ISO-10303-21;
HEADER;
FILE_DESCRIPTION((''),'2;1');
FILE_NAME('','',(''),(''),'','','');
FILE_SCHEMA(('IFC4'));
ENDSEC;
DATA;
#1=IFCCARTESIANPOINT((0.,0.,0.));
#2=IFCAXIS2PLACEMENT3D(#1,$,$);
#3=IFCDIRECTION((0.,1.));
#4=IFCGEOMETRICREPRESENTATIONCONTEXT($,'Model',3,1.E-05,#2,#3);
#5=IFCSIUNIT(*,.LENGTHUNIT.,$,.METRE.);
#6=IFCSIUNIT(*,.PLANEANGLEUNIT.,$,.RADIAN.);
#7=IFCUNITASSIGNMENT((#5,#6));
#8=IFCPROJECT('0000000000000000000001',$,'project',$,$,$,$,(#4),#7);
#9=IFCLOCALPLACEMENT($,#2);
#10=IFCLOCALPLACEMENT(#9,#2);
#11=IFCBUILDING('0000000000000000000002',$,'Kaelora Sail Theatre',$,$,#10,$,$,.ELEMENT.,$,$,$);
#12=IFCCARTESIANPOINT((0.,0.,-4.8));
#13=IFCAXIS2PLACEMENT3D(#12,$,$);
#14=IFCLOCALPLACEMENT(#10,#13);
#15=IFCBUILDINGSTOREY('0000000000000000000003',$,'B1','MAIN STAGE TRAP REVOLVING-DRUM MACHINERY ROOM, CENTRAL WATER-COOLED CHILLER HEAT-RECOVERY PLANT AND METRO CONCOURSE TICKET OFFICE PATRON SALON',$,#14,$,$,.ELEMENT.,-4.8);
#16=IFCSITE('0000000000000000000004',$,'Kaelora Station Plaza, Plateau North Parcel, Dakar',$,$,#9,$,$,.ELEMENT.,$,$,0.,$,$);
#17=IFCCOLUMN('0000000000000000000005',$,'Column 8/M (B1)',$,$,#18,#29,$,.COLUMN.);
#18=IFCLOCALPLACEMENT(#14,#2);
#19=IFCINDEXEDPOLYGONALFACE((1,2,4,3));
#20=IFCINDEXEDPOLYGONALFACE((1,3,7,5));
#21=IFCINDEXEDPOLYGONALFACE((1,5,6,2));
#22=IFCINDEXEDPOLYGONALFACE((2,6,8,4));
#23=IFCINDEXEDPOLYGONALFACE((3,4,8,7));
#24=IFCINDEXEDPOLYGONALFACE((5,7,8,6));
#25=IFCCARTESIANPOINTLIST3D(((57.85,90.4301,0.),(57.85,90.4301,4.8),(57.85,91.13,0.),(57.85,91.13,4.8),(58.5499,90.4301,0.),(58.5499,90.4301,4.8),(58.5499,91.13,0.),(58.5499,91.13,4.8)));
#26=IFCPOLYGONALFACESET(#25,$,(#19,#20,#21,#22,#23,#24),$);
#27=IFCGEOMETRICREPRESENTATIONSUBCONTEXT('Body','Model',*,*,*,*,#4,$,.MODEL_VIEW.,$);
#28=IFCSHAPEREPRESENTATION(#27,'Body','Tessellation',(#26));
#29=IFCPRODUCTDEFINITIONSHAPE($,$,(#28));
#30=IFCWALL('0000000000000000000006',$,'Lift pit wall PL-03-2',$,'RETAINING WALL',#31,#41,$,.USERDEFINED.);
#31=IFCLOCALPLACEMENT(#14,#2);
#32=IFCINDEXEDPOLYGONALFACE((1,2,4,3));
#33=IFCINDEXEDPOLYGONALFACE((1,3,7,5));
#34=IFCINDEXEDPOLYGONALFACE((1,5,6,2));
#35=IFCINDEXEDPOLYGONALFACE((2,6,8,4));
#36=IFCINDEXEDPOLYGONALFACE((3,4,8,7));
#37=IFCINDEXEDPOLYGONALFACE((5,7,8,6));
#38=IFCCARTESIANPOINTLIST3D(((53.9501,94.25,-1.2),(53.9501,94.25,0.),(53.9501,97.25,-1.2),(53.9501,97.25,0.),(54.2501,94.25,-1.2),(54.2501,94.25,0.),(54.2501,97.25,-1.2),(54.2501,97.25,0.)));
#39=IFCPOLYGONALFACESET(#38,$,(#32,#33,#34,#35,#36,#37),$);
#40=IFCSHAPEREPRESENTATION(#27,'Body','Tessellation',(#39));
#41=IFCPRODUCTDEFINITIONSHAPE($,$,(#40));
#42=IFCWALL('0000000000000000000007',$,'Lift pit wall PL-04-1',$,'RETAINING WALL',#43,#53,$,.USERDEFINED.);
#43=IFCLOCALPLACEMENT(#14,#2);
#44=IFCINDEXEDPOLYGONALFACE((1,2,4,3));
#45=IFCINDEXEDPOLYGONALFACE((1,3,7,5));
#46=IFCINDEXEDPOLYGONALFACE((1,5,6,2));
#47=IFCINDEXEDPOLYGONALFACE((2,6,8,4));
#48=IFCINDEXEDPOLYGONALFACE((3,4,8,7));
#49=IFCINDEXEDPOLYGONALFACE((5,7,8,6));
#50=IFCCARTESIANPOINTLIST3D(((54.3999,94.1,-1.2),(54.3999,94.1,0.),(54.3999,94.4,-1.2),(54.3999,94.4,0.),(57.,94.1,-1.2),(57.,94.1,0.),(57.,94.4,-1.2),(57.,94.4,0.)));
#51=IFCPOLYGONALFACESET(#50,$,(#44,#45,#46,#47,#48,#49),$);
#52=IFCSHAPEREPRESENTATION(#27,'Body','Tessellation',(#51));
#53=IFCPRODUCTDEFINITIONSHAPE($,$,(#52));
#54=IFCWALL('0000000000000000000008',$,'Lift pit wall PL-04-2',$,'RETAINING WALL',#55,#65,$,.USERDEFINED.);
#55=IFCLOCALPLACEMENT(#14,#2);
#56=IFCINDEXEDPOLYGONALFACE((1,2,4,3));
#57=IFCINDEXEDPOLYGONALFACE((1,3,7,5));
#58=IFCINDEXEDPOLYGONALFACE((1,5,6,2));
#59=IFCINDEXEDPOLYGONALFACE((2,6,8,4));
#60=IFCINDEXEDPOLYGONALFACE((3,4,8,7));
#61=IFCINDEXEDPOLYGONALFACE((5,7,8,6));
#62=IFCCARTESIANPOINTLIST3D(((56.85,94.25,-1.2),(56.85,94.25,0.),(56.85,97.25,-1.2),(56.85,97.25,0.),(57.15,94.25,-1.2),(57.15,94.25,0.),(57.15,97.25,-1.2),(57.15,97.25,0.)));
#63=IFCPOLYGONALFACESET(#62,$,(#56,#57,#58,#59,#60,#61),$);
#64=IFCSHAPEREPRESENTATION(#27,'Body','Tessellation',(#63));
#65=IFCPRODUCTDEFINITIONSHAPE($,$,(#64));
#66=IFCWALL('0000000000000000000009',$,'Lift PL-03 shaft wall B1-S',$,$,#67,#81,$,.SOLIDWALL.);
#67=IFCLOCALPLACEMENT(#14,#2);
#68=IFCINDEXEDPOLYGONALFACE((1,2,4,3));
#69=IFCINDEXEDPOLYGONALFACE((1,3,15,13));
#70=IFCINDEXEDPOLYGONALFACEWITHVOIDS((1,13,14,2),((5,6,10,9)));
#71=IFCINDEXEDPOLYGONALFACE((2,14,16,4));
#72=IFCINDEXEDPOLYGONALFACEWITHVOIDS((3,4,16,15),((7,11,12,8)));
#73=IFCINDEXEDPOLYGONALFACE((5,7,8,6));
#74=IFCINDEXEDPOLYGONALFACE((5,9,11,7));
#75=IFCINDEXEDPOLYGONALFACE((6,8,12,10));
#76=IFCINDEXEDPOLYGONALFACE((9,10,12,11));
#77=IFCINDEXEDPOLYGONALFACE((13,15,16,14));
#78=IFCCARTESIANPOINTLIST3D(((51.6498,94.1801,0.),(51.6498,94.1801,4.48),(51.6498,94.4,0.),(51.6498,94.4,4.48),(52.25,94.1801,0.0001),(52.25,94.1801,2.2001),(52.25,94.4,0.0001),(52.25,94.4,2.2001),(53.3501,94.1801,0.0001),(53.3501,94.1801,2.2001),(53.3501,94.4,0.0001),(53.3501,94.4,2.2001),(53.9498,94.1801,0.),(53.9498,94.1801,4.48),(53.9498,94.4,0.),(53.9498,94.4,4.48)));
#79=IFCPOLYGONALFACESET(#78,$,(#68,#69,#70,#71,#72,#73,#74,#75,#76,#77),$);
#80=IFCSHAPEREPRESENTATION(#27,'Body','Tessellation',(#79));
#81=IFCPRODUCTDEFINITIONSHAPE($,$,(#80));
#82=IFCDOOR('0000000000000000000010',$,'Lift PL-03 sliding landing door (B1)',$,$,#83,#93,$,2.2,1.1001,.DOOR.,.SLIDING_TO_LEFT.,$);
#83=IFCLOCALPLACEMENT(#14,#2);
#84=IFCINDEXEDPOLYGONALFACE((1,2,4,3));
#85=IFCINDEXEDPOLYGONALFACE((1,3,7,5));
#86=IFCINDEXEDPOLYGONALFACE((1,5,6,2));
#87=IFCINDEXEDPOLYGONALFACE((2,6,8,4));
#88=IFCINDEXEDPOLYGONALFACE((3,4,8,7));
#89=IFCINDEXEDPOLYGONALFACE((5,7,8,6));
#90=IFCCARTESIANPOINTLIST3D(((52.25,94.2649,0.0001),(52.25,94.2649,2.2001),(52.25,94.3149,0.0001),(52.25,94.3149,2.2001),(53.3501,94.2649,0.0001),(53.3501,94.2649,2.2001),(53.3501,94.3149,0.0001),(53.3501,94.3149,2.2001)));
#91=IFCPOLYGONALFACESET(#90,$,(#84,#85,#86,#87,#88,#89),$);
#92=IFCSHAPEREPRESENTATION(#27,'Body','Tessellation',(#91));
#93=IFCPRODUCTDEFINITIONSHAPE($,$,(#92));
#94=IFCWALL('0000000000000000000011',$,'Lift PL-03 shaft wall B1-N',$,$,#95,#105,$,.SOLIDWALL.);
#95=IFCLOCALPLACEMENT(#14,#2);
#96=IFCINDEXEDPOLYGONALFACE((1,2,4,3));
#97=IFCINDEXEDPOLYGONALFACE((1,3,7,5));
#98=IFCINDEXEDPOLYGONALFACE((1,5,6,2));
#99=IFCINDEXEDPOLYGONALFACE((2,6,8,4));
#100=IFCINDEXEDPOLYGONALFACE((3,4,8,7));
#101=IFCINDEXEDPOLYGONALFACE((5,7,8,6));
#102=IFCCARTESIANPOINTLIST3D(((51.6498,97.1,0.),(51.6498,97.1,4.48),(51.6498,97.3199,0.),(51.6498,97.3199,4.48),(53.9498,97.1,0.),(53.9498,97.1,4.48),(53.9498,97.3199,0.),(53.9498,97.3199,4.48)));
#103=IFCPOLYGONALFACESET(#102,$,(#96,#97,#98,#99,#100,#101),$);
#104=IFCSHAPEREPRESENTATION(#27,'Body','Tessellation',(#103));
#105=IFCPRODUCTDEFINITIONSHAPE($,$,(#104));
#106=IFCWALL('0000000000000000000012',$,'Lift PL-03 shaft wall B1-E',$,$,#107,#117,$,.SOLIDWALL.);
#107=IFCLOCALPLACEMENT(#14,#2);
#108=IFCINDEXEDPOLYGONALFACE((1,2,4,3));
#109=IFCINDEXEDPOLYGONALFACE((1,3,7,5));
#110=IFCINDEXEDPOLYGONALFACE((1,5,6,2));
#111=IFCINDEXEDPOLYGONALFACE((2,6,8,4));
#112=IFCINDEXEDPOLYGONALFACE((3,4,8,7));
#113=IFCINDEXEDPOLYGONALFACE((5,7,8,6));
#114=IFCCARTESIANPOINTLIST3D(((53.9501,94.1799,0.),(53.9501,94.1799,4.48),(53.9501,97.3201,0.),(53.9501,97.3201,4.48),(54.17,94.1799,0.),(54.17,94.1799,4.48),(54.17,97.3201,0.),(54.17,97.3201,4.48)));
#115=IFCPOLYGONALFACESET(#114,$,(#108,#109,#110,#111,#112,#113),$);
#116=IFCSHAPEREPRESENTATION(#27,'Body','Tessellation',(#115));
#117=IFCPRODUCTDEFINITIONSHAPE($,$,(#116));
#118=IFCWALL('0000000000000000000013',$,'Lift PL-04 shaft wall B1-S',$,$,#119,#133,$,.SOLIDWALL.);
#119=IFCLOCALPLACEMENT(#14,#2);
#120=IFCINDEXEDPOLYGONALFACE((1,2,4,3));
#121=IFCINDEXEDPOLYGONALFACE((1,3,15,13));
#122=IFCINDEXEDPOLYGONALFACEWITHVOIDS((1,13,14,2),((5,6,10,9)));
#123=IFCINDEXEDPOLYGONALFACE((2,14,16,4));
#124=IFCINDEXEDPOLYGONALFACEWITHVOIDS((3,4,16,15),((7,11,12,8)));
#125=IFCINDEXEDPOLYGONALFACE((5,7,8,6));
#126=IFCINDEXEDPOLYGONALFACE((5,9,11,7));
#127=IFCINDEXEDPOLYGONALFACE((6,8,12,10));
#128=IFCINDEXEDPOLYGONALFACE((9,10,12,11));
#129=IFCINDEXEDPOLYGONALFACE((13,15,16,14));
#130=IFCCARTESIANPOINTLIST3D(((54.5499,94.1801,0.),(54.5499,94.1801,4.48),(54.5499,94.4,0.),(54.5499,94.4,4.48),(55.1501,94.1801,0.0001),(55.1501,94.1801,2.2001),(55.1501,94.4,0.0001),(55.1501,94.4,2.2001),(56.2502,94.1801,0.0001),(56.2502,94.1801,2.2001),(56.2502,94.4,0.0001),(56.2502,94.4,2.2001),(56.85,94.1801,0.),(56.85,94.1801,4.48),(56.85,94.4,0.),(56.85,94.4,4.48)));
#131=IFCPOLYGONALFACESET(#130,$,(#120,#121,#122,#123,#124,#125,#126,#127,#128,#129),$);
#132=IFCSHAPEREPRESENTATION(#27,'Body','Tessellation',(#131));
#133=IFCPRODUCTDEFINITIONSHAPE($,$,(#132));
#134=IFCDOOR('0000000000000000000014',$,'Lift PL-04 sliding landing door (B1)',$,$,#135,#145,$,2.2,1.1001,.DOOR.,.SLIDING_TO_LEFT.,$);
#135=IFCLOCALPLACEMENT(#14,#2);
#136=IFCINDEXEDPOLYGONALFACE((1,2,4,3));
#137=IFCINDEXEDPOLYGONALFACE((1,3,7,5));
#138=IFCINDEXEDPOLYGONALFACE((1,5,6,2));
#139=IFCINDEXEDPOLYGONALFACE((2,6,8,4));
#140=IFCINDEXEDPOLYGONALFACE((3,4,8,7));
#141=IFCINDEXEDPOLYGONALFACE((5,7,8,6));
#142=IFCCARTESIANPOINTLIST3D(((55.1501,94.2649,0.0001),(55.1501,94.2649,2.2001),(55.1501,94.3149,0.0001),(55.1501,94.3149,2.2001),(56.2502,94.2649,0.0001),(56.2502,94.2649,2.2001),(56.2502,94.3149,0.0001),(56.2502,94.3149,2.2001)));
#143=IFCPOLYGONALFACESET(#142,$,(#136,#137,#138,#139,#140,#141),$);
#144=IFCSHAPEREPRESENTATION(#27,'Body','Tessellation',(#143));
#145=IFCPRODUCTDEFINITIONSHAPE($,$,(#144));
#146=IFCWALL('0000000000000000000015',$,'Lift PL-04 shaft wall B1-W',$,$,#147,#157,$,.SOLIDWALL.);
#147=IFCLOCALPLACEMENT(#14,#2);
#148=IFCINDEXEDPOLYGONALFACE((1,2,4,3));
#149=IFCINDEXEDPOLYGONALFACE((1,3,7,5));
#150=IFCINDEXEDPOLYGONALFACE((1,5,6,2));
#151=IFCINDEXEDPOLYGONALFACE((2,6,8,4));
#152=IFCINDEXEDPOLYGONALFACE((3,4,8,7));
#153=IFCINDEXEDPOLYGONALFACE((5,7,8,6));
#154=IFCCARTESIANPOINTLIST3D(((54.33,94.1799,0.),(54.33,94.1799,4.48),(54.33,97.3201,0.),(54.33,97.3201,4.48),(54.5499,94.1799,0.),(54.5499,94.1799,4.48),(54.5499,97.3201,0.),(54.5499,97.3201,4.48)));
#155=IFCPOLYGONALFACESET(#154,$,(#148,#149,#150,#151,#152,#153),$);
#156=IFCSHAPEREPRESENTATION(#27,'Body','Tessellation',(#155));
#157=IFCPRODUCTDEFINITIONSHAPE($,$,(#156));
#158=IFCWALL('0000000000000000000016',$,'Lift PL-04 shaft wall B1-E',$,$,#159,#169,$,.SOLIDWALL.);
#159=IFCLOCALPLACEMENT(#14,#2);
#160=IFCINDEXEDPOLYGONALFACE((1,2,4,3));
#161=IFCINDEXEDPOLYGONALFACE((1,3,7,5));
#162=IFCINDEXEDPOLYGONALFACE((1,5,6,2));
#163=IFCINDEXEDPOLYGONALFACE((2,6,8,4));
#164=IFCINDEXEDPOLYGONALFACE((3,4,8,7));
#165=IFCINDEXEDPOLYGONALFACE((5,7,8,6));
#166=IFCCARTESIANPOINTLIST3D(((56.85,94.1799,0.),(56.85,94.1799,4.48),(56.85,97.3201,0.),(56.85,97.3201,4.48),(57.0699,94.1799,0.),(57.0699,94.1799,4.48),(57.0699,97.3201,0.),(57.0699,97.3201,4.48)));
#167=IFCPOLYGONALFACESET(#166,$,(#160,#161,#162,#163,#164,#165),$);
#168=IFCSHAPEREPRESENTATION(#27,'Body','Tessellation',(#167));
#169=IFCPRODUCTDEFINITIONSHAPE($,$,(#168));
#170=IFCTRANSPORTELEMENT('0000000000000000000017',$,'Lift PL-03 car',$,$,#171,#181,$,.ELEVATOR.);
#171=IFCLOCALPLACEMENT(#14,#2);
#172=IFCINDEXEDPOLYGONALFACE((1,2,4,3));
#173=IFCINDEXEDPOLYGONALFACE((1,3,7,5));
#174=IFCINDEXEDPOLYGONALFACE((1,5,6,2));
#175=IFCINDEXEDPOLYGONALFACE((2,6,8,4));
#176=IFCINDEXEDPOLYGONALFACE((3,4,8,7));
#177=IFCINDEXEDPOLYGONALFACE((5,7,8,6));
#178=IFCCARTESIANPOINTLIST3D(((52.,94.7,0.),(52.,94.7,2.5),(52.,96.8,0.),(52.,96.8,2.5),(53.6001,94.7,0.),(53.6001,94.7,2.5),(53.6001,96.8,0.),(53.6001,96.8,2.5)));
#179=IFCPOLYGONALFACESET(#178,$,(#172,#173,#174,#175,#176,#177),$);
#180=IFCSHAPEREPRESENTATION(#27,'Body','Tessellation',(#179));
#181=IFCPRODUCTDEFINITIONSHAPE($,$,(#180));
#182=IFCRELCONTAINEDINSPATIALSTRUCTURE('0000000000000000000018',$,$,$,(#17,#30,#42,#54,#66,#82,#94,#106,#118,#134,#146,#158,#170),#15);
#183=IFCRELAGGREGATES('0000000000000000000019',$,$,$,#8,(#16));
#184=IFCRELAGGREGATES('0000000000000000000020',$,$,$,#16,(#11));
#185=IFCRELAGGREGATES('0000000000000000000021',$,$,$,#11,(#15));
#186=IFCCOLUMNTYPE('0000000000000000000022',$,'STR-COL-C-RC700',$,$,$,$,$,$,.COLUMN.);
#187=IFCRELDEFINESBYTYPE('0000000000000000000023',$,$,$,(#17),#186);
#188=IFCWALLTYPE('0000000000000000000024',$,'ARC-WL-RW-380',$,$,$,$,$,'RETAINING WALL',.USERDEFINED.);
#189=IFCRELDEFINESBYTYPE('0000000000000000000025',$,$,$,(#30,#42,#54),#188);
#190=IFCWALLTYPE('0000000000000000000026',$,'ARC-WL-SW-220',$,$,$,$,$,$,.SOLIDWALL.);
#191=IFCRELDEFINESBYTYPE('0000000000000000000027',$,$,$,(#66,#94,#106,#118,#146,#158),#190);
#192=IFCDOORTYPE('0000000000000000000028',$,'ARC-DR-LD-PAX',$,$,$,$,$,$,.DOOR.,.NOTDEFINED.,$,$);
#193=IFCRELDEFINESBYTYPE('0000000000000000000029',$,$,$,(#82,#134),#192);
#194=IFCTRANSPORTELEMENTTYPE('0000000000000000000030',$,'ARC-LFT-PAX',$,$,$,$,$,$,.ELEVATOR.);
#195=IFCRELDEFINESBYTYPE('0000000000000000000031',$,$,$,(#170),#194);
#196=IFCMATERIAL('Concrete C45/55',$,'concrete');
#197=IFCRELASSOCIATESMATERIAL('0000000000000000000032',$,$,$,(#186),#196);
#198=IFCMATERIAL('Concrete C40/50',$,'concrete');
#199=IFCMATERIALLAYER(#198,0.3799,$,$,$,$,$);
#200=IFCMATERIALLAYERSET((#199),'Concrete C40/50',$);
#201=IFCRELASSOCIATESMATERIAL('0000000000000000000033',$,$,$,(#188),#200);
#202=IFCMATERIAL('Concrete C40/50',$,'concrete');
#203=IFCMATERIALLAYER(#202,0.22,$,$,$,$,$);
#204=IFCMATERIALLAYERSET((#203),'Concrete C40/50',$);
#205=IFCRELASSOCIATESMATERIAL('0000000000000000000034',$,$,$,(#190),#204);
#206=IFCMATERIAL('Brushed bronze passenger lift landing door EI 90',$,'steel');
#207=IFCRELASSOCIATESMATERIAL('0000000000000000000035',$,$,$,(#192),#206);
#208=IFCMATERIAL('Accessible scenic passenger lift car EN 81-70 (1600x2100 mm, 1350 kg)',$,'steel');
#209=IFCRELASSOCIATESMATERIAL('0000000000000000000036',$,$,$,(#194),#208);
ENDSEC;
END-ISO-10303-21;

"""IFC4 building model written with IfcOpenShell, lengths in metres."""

from ifc_helpers import new_model, si_unit, direction, frame, frame_2d, origin, origin_2d, place, context, subcontext, project, spatial, rectangle, extrude, material, layer, layer_set, material_profile, profile_set, type_object, element, fill, save


model = new_model("IFC4")

# Units and contexts
model_context = context("Model", 3, precision=1e-05, world=origin(), true_north=direction((0.0, 1.0)))
body_context = subcontext(model_context, "Body", "Model", "MODEL_VIEW")
ifc_project = project(units=[si_unit("LENGTHUNIT", "METRE"), si_unit("PLANEANGLEUNIT", "RADIAN")], contexts=[model_context])

# Site, building, storey
site_placement = place(None, origin())
site = spatial("IfcSite", under=ifc_project, at=site_placement, Name="Kaelora Station Plaza, Plateau North Parcel, Dakar", CompositionType="ELEMENT", RefElevation=0.0)
building_placement = place(site_placement, origin())
building = spatial("IfcBuilding", under=site, at=building_placement, Name="Kaelora Sail Theatre", CompositionType="ELEMENT")
storey_placement = place(building_placement, frame((0.0, 0.0, -4.8)))
storey = spatial("IfcBuildingStorey", under=building, at=storey_placement, Name="B1", Description="MAIN STAGE TRAP REVOLVING-DRUM MACHINERY ROOM, CENTRAL WATER-COOLED CHILLER HEAT-RECOVERY PLANT AND METRO CONCOURSE TICKET OFFICE PATRON SALON", CompositionType="ELEMENT", Elevation=-4.8)

# Column
ifc_material_1 = material(Name="Concrete C45/55", Category="concrete")
ifc_material_profile_1 = material_profile(ifc_material_1, rectangle(XDim=0.7, YDim=0.7, at=origin_2d()), Name="RC-COL 700x700")
ifc_profile_set_1 = profile_set([ifc_material_profile_1], Name="Concrete C45/55")
column_type = type_object("IfcColumnType", Name="STR-COL-C-RC700", PredefinedType="COLUMN", material=ifc_profile_set_1)
column_placement = place(storey_placement, frame((58.2, 90.78, 0.0), z_axis=(0.0, 0.0, 1.0), x_axis=(1.0, 0.0, 0.0)))
element("IfcColumn", 1, at=column_placement, inside=storey, type_object=column_type, Name="Column 8/M (B1)", PredefinedType="COLUMN", context=body_context, shape_type="SweptSolid", body=[
    extrude(rectangle(XDim=0.7, YDim=0.7, at=origin_2d()), origin(), (0.0, 0.0, 1.0), 4.8),
])

# Walls
ifc_material_2 = material(Name="Concrete C40/50", Category="concrete")
ifc_layer_1 = layer(ifc_material_2, 0.3799)
ifc_layer_set_1 = layer_set([ifc_layer_1], Name="Concrete C40/50")
wall_type_1 = type_object("IfcWallType", Name="ARC-WL-RW-380", ElementType="RETAINING WALL", PredefinedType="USERDEFINED", material=ifc_layer_set_1)
wall_1_placement = place(storey_placement, frame((54.1001, 94.25, -1.2), z_axis=(0.0, 0.0, 1.0), x_axis=(0.0, 1.0, 0.0)))
element("IfcWall", 2, at=wall_1_placement, inside=storey, type_object=wall_type_1, Name="Lift pit wall PL-03-2", ObjectType="RETAINING WALL", PredefinedType="USERDEFINED", context=body_context, shape_type="SweptSolid", body=[
    extrude(rectangle(XDim=3.0, YDim=0.3, at=frame_2d((1.5, 0.0))), origin(), (0.0, 0.0, 1.0), 1.2),
])
wall_2_placement = place(storey_placement, frame((54.3999, 94.25, -1.2), z_axis=(0.0, 0.0, 1.0), x_axis=(1.0, 0.0, 0.0)))
element("IfcWall", 3, at=wall_2_placement, inside=storey, type_object=wall_type_1, Name="Lift pit wall PL-04-1", ObjectType="RETAINING WALL", PredefinedType="USERDEFINED", context=body_context, shape_type="SweptSolid", body=[
    extrude(rectangle(XDim=2.6001, YDim=0.3, at=frame_2d((1.3, 0.0))), origin(), (0.0, 0.0, 1.0), 1.2),
])
wall_3_placement = place(storey_placement, frame((57.0, 94.25, -1.2), z_axis=(0.0, 0.0, 1.0), x_axis=(0.0, 1.0, 0.0)))
element("IfcWall", 4, at=wall_3_placement, inside=storey, type_object=wall_type_1, Name="Lift pit wall PL-04-2", ObjectType="RETAINING WALL", PredefinedType="USERDEFINED", context=body_context, shape_type="SweptSolid", body=[
    extrude(rectangle(XDim=3.0, YDim=0.3, at=frame_2d((1.5, 0.0))), origin(), (0.0, 0.0, 1.0), 1.2),
])

# Wall, opening, door
ifc_material_3 = material(Name="Concrete C40/50", Category="concrete")
ifc_layer_2 = layer(ifc_material_3, 0.22)
ifc_layer_set_2 = layer_set([ifc_layer_2], Name="Concrete C40/50")
wall_type_2 = type_object("IfcWallType", Name="ARC-WL-SW-220", PredefinedType="SOLIDWALL", material=ifc_layer_set_2)
wall_4_placement = place(storey_placement, frame((51.6499, 94.29, 0.0), z_axis=(0.0, 0.0, 1.0), x_axis=(1.0, 0.0, 0.0)))
wall_4 = element("IfcWall", 5, at=wall_4_placement, inside=storey, type_object=wall_type_2, Name="Lift PL-03 shaft wall B1-S", PredefinedType="SOLIDWALL", context=body_context, shape_type="SweptSolid", body=[
    extrude(rectangle(XDim=2.3, YDim=0.22, at=frame_2d((1.1499, 0.0))), origin(), (0.0, 0.0, 1.0), 4.48),
])
opening_1_placement = place(wall_4_placement, frame((0.6001, 0.0, 0.0)))
opening_1 = element("IfcOpeningElement", 6, at=opening_1_placement, cuts=wall_4, PredefinedType="OPENING", context=body_context, shape_type="SweptSolid", body=[
    extrude(rectangle(XDim=1.1001, YDim=2.2, at=frame_2d((0.55, 1.1001))), frame((0.0, 0.1199, 0.0), z_axis=(0.0, -1.0, 0.0), x_axis=(1.0, 0.0, 0.0)), (0.0, 0.0, 1.0), 0.24),
])
ifc_material_4 = material(Name="Brushed bronze passenger lift landing door EI 90", Category="steel")
door_type = type_object("IfcDoorType", Name="ARC-DR-LD-PAX", OperationType="NOTDEFINED", PredefinedType="DOOR", material=ifc_material_4)
door_1_placement = place(opening_1_placement, origin())
door_1 = element("IfcDoor", 7, at=door_1_placement, inside=storey, type_object=door_type, Name="Lift PL-03 sliding landing door (B1)", OperationType="SLIDING_TO_LEFT", OverallHeight=2.2, OverallWidth=1.1001, PredefinedType="DOOR", context=body_context, shape_type="SweptSolid", body=[
    extrude(rectangle(XDim=1.1001, YDim=2.2, at=frame_2d((0.55, 1.1001))), frame((0.0, 0.0249, 0.0), z_axis=(0.0, -1.0, 0.0), x_axis=(1.0, 0.0, 0.0)), (0.0, 0.0, 1.0), 0.05),
])
fill(opening_1, door_1)

# Walls
wall_5_placement = place(storey_placement, frame((51.6499, 97.21, 0.0), z_axis=(0.0, 0.0, 1.0), x_axis=(1.0, 0.0, 0.0)))
element("IfcWall", 8, at=wall_5_placement, inside=storey, type_object=wall_type_2, Name="Lift PL-03 shaft wall B1-N", PredefinedType="SOLIDWALL", context=body_context, shape_type="SweptSolid", body=[
    extrude(rectangle(XDim=2.3, YDim=0.22, at=frame_2d((1.1499, 0.0))), origin(), (0.0, 0.0, 1.0), 4.48),
])
wall_6_placement = place(storey_placement, frame((54.0601, 94.1799, 0.0), z_axis=(0.0, 0.0, 1.0), x_axis=(0.0, 1.0, 0.0)))
element("IfcWall", 9, at=wall_6_placement, inside=storey, type_object=wall_type_2, Name="Lift PL-03 shaft wall B1-E", PredefinedType="SOLIDWALL", context=body_context, shape_type="SweptSolid", body=[
    extrude(rectangle(XDim=3.1401, YDim=0.22, at=frame_2d((1.5701, 0.0))), origin(), (0.0, 0.0, 1.0), 4.48),
])

# Wall, opening, door
wall_7_placement = place(storey_placement, frame((54.55, 94.29, 0.0), z_axis=(0.0, 0.0, 1.0), x_axis=(1.0, 0.0, 0.0)))
wall_7 = element("IfcWall", 10, at=wall_7_placement, inside=storey, type_object=wall_type_2, Name="Lift PL-04 shaft wall B1-S", PredefinedType="SOLIDWALL", context=body_context, shape_type="SweptSolid", body=[
    extrude(rectangle(XDim=2.3, YDim=0.22, at=frame_2d((1.1499, 0.0))), origin(), (0.0, 0.0, 1.0), 4.48),
])
opening_2_placement = place(wall_7_placement, frame((0.6001, 0.0, 0.0)))
opening_2 = element("IfcOpeningElement", 11, at=opening_2_placement, cuts=wall_7, PredefinedType="OPENING", context=body_context, shape_type="SweptSolid", body=[
    extrude(rectangle(XDim=1.1001, YDim=2.2, at=frame_2d((0.55, 1.1001))), frame((0.0, 0.1199, 0.0), z_axis=(0.0, -1.0, 0.0), x_axis=(1.0, 0.0, 0.0)), (0.0, 0.0, 1.0), 0.24),
])
door_2_placement = place(opening_2_placement, origin())
door_2 = element("IfcDoor", 12, at=door_2_placement, inside=storey, type_object=door_type, Name="Lift PL-04 sliding landing door (B1)", OperationType="SLIDING_TO_LEFT", OverallHeight=2.2, OverallWidth=1.1001, PredefinedType="DOOR", context=body_context, shape_type="SweptSolid", body=[
    extrude(rectangle(XDim=1.1001, YDim=2.2, at=frame_2d((0.55, 1.1001))), frame((0.0, 0.0249, 0.0), z_axis=(0.0, -1.0, 0.0), x_axis=(1.0, 0.0, 0.0)), (0.0, 0.0, 1.0), 0.05),
])
fill(opening_2, door_2)

# Walls
for number, where, z_axis, x_axis, name in (
    (13, (54.4399, 94.1799, 0.0), (0.0, 0.0, 1.0), (0.0, 1.0, 0.0), "Lift PL-04 shaft wall B1-W"),
    (14, (56.96, 94.1799, 0.0), (0.0, 0.0, 1.0), (0.0, 1.0, 0.0), "Lift PL-04 shaft wall B1-E"),
):
    element("IfcWall", number, at=place(storey_placement, frame(where, z_axis=z_axis, x_axis=x_axis)), inside=storey, type_object=wall_type_2, Name=name, PredefinedType="SOLIDWALL", context=body_context, shape_type="SweptSolid", body=[
        extrude(rectangle(XDim=3.1401, YDim=0.22, at=frame_2d((1.5701, 0.0))), origin(), (0.0, 0.0, 1.0), 4.48),
    ])

# Transport element
ifc_material_5 = material(Name="Accessible scenic passenger lift car EN 81-70 (1600x2100 mm, 1350 kg)", Category="steel")
transport_element_type = type_object("IfcTransportElementType", Name="ARC-LFT-PAX", PredefinedType="ELEVATOR", material=ifc_material_5)
for number, where, z_axis, x_axis, name in (
    (15, (52.8, 95.75, 0.0), (0.0, 0.0, 1.0), (1.0, 0.0, 0.0), "Lift PL-03 car"),
):
    element("IfcTransportElement", number, at=place(storey_placement, frame(where, z_axis=z_axis, x_axis=x_axis)), inside=storey, type_object=transport_element_type, Name=name, PredefinedType="ELEVATOR", context=body_context, shape_type="SweptSolid", body=[
        extrude(rectangle(XDim=1.6001, YDim=2.1001, at=origin_2d()), origin(), (0.0, 0.0, 1.0), 2.5),
    ])

save(model, "model.ifc")
